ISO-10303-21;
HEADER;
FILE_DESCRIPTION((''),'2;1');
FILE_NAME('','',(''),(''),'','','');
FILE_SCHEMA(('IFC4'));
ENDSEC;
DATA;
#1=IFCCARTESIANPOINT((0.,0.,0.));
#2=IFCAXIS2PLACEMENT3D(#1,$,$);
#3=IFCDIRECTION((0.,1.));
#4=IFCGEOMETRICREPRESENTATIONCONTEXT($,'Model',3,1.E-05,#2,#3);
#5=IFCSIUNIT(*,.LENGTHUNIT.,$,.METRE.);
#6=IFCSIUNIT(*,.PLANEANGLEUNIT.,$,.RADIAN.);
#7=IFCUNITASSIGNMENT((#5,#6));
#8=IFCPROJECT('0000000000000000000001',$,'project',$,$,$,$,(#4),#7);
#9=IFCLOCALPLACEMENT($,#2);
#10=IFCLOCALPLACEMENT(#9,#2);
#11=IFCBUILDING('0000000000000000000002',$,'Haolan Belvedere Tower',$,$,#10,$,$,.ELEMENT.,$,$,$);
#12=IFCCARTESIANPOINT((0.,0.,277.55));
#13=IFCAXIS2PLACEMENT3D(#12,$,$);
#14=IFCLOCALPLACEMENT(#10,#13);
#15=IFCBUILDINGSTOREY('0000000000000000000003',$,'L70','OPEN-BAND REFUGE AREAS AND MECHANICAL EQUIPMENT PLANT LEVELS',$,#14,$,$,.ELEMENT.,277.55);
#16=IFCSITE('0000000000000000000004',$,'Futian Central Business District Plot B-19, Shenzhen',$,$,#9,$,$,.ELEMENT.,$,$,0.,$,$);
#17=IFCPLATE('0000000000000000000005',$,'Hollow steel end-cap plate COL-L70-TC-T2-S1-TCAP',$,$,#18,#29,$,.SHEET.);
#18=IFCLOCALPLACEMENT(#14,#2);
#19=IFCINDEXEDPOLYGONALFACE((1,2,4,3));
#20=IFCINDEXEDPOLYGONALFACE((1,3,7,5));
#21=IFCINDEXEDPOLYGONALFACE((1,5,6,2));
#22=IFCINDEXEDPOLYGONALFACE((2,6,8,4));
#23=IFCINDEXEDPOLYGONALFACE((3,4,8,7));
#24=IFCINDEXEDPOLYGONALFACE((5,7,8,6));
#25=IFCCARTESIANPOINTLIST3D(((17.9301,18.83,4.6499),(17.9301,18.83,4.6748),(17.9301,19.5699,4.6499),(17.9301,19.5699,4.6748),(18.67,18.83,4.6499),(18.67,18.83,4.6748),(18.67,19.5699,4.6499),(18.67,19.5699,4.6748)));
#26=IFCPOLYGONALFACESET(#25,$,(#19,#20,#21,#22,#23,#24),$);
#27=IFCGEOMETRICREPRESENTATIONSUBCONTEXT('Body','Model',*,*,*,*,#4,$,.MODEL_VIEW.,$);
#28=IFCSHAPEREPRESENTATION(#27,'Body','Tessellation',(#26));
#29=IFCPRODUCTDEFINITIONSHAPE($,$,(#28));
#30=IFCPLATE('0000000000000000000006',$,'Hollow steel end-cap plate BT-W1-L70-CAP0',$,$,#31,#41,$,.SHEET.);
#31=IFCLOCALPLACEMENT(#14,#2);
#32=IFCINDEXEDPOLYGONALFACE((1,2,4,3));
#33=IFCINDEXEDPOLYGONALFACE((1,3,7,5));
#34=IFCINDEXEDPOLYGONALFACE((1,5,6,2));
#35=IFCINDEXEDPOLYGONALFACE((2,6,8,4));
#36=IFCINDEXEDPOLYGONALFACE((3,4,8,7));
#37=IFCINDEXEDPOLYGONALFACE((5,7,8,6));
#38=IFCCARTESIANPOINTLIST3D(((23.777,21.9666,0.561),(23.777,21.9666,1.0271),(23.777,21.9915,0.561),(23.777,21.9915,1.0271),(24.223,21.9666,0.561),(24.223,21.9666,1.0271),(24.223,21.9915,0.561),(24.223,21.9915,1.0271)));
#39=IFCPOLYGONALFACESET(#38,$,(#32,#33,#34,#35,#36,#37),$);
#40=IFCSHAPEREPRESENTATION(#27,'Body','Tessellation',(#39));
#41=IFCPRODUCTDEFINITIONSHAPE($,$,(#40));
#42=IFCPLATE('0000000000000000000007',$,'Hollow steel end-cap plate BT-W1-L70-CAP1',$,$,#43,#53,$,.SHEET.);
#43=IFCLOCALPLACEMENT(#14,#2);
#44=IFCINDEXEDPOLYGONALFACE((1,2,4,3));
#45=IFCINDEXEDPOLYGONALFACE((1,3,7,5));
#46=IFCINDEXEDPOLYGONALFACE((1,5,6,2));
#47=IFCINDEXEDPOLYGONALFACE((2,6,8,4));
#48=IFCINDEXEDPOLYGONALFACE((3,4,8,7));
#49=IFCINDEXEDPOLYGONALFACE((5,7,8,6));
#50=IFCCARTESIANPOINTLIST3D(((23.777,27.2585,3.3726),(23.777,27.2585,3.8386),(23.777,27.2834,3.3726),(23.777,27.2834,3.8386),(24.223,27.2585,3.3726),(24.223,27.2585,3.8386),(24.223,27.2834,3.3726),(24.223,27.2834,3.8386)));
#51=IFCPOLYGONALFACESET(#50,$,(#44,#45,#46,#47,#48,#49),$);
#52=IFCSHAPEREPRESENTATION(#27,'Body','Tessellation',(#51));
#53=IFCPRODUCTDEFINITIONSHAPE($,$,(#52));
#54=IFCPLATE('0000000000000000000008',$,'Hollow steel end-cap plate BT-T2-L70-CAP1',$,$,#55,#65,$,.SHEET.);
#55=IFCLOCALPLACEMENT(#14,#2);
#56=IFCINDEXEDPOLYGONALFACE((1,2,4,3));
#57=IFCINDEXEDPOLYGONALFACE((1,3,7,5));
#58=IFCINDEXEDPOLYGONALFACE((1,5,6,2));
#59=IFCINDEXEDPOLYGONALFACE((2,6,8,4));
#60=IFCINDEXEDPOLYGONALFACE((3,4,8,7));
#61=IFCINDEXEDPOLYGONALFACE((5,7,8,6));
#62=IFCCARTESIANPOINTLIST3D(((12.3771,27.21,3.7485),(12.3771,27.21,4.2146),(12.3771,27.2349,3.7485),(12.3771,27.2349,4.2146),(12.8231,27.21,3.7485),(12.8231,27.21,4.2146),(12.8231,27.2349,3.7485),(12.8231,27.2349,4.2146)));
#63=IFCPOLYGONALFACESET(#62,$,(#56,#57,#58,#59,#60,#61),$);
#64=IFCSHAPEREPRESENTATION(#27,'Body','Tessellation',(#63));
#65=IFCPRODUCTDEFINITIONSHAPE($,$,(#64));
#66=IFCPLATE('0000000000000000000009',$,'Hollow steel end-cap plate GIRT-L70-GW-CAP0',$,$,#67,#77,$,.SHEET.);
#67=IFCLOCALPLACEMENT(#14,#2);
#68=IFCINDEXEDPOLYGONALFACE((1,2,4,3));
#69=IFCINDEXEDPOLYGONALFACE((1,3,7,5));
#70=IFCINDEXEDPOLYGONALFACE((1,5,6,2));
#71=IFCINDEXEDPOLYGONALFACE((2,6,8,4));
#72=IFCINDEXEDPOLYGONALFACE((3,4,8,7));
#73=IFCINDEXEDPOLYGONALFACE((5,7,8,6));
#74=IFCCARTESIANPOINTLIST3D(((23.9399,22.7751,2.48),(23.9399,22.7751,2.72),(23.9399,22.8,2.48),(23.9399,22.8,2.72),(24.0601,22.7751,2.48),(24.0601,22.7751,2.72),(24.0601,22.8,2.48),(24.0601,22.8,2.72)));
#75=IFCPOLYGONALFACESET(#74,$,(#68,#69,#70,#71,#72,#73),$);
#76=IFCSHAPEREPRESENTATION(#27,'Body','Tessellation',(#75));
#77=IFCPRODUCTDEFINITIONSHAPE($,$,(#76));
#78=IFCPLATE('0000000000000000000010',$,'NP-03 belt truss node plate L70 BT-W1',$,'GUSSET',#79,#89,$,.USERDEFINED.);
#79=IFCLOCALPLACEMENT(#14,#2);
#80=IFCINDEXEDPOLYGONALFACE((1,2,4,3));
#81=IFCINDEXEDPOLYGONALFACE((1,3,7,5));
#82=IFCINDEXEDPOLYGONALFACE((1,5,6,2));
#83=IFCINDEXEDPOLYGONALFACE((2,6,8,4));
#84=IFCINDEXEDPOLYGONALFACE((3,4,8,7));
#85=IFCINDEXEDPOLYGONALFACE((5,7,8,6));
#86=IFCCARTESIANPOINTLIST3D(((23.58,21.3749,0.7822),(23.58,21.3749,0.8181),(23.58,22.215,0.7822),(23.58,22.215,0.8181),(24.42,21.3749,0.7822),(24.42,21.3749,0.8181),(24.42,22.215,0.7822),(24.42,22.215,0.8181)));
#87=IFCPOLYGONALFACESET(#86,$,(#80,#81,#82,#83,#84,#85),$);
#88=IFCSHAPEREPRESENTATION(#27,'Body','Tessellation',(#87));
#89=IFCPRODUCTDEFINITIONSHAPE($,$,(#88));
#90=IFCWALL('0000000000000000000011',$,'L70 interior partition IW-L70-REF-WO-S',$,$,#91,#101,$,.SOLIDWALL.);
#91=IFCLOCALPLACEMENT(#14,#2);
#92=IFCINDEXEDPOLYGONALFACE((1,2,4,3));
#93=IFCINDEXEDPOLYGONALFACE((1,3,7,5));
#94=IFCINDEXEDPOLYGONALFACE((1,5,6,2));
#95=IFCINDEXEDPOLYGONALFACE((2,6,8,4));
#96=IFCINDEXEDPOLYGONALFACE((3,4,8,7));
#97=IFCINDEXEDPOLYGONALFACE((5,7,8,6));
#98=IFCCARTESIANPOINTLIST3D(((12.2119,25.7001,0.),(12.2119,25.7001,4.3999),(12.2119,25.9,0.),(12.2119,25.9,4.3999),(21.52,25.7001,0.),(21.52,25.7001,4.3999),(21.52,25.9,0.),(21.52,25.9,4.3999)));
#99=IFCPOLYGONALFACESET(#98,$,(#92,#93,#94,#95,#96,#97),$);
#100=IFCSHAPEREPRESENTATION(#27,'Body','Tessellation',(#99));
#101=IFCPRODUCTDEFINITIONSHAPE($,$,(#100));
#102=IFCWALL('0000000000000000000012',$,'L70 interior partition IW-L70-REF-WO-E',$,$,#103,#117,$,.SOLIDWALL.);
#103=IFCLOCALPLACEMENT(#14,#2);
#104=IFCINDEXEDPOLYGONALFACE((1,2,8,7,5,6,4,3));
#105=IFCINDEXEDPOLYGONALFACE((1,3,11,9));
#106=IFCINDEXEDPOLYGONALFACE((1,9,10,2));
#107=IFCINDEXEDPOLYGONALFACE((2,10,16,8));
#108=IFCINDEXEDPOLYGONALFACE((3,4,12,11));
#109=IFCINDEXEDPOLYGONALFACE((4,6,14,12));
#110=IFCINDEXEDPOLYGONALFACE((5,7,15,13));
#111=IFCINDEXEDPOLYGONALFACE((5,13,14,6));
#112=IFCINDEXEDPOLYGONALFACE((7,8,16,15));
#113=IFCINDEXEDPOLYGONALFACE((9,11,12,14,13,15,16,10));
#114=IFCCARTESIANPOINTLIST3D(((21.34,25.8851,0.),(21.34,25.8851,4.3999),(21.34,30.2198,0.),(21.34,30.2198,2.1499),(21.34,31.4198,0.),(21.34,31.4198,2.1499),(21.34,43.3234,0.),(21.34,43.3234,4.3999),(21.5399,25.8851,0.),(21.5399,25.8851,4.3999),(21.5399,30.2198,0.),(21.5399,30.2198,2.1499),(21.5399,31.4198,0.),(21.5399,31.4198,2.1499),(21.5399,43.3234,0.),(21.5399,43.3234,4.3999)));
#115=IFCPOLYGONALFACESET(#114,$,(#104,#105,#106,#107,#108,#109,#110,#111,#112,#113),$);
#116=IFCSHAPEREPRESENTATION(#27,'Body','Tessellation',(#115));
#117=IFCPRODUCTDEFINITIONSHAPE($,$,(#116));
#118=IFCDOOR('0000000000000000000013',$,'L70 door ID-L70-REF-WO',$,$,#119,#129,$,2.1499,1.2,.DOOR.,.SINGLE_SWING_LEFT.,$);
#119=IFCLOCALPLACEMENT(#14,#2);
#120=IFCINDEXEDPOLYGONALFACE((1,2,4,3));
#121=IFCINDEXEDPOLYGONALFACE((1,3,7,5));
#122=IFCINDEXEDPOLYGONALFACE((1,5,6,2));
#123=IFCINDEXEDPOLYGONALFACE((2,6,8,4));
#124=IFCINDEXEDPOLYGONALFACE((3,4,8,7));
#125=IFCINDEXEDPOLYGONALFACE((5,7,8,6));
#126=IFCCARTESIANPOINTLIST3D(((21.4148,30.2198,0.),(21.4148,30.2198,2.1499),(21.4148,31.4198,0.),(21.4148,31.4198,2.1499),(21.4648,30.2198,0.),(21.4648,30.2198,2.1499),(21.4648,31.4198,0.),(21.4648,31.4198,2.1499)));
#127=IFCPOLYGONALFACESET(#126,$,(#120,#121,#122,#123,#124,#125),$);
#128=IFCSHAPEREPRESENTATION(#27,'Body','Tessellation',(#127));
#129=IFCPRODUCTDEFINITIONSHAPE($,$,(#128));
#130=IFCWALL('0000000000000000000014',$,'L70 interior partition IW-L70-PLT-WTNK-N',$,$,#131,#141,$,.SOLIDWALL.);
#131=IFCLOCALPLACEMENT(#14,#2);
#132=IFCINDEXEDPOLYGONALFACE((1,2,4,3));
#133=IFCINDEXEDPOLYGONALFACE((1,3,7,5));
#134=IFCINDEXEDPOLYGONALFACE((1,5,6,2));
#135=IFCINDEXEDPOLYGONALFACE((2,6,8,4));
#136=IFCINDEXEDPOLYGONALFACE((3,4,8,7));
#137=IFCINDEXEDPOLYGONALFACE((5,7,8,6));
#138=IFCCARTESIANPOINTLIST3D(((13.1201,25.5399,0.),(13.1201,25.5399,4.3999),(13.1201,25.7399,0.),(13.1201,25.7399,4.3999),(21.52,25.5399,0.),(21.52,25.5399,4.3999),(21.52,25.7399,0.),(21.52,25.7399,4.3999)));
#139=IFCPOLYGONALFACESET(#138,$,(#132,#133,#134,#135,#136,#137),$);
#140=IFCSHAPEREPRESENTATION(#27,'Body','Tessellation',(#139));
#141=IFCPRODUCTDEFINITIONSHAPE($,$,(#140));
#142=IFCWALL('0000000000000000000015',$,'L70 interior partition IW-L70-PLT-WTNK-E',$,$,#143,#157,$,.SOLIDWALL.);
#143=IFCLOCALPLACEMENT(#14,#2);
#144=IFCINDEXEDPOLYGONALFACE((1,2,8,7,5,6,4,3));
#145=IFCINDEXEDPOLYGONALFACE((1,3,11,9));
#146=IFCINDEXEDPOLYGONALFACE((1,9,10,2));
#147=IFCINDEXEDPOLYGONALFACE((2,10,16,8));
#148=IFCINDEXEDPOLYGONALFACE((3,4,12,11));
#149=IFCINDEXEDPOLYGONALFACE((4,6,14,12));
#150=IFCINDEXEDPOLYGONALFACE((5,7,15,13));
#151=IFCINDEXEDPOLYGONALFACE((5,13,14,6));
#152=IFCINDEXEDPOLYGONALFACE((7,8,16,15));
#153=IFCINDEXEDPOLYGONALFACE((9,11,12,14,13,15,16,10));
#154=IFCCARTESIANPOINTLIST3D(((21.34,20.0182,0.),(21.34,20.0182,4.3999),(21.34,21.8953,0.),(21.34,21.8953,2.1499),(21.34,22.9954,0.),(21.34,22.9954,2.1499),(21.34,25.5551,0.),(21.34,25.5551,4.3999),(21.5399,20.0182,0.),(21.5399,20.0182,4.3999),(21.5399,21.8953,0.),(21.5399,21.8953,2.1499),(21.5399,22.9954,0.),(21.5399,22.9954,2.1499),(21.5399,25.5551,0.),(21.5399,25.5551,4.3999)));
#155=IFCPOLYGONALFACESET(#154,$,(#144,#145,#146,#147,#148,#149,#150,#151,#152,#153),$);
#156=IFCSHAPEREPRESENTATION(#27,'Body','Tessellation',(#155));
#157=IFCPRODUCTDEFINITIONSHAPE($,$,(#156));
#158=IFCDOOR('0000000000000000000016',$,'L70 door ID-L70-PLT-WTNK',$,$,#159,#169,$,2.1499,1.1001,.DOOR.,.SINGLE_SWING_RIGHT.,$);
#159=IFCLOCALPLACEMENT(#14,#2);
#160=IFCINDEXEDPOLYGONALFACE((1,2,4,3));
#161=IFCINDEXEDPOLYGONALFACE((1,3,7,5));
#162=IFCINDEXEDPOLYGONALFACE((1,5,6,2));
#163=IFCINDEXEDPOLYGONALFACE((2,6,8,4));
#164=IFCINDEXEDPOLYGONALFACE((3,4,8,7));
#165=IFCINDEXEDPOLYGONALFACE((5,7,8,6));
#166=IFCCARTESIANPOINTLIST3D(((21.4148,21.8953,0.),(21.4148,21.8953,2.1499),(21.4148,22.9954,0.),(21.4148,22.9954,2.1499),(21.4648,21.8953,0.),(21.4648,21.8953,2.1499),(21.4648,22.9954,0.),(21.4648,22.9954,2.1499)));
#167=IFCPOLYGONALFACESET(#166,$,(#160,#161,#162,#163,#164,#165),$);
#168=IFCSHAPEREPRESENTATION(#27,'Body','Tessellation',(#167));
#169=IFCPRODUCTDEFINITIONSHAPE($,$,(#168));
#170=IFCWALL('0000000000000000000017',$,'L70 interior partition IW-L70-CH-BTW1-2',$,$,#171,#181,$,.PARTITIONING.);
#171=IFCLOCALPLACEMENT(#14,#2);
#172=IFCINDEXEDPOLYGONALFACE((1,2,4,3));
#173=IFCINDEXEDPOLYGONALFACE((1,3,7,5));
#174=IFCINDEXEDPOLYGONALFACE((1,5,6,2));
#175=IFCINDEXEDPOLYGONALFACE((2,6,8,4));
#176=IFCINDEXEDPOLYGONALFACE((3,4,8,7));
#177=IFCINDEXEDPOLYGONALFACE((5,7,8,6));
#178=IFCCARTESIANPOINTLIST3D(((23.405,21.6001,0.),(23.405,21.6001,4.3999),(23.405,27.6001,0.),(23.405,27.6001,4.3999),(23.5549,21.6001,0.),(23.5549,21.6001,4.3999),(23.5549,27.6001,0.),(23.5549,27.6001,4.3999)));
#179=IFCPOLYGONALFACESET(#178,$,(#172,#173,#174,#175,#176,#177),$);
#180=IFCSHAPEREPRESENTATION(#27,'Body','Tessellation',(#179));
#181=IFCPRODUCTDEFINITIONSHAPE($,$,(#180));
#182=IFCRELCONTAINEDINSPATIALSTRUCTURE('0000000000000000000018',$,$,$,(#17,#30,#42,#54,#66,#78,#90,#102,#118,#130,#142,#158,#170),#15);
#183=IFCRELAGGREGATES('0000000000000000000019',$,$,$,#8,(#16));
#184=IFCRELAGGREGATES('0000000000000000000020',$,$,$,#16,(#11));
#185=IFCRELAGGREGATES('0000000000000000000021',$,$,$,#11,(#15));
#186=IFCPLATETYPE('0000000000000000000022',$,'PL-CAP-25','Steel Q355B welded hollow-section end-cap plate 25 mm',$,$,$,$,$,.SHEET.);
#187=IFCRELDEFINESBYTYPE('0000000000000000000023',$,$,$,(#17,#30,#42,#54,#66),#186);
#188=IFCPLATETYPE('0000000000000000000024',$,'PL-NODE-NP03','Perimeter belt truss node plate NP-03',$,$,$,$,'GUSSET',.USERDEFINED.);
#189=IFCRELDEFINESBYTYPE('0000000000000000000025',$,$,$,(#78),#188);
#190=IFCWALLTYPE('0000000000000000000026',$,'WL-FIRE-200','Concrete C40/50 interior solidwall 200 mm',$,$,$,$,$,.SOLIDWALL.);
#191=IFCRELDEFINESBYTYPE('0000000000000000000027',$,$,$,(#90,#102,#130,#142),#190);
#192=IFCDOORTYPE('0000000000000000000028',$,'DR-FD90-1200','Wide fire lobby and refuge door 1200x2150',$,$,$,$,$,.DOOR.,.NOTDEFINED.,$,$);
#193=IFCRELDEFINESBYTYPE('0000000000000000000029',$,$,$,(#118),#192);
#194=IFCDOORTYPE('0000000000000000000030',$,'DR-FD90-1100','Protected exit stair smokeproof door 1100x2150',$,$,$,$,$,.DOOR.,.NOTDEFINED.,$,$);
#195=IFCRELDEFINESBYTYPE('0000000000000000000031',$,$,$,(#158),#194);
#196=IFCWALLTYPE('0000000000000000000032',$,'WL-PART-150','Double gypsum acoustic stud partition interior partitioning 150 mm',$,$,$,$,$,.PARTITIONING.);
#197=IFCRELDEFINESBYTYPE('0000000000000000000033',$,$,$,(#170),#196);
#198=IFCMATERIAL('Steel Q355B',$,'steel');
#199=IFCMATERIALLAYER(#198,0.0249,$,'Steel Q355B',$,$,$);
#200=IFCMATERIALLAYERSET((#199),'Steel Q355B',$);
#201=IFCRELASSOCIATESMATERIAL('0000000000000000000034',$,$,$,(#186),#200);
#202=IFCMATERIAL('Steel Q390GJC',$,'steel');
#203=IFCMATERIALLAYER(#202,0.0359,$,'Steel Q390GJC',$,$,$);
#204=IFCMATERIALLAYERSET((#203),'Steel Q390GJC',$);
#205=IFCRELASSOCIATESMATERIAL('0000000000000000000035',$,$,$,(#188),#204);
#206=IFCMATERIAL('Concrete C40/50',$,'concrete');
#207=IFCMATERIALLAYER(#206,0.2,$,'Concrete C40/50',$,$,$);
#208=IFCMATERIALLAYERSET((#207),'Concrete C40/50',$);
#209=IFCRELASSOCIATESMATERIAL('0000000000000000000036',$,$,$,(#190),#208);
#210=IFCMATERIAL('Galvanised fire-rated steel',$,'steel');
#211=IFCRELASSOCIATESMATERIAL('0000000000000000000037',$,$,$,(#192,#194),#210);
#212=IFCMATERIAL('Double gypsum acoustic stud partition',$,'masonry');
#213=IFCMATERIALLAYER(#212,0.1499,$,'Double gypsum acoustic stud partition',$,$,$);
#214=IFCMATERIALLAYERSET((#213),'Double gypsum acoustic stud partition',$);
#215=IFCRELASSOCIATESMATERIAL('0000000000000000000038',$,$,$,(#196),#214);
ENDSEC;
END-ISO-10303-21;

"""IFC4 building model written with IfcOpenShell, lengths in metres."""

from ifc_helpers import new_model, si_unit, direction, frame, frame_2d, origin, origin_2d, place, context, subcontext, project, spatial, rectangle, extrude, material, layer, layer_set, type_object, element, fill, save


model = new_model("IFC4")

# Units and contexts
model_context = context("Model", 3, precision=1e-05, world=origin(), true_north=direction((0.0, 1.0)))
body_context = subcontext(model_context, "Body", "Model", "MODEL_VIEW")
ifc_project = project(units=[si_unit("LENGTHUNIT", "METRE"), si_unit("PLANEANGLEUNIT", "RADIAN")], contexts=[model_context])

# Site, building, storey
site_placement = place(None, origin())
site = spatial("IfcSite", under=ifc_project, at=site_placement, Name="Futian Central Business District Plot B-19, Shenzhen", CompositionType="ELEMENT", RefElevation=0.0)
building_placement = place(site_placement, origin())
building = spatial("IfcBuilding", under=site, at=building_placement, Name="Haolan Belvedere Tower", CompositionType="ELEMENT")
storey_placement = place(building_placement, frame((0.0, 0.0, 277.55)))
storey = spatial("IfcBuildingStorey", under=building, at=storey_placement, Name="L70", Description="OPEN-BAND REFUGE AREAS AND MECHANICAL EQUIPMENT PLANT LEVELS", CompositionType="ELEMENT", Elevation=277.55)

# Shared definitions
ifc_material_1 = material(Name="Steel Q390GJC", Category="steel")

# Shared definitions
ifc_material_2 = material(Name="Steel Q355B", Category="steel")

# Plates
ifc_layer_1 = layer(ifc_material_2, 0.0249, Name="Steel Q355B")
ifc_layer_set_1 = layer_set([ifc_layer_1], Name="Steel Q355B")
plate_type_1 = type_object("IfcPlateType", Name="PL-CAP-25", Description="Steel Q355B welded hollow-section end-cap plate 25 mm", PredefinedType="SHEET", material=ifc_layer_set_1)
plate_1_placement = place(storey_placement, frame((18.3, 19.2, 4.6499), z_axis=(0.0, 0.0, 1.0), x_axis=(1.0, 0.0, 0.0)))
element("IfcPlate", 1, at=plate_1_placement, inside=storey, type_object=plate_type_1, Name="Hollow steel end-cap plate COL-L70-TC-T2-S1-TCAP", PredefinedType="SHEET", context=body_context, shape_type="SweptSolid", body=[
    extrude(rectangle(XDim=0.74, YDim=0.74, at=origin_2d()), origin(), (0.0, 0.0, 1.0), 0.0249),
])
for number, where, z_axis, x_axis, name in (
    (2, (24.0, 21.979, 0.561), (0.0, 0.0, 1.0), (1.0, 0.0, 0.0), "Hollow steel end-cap plate BT-W1-L70-CAP0"),
    (3, (24.0, 27.271, 3.3726), (0.0, 0.0, 1.0), (-1.0, 0.0, 0.0), "Hollow steel end-cap plate BT-W1-L70-CAP1"),
    (4, (12.6001, 27.2224, 3.7485), (0.0, 0.0, 1.0), (-1.0, 0.0, 0.0), "Hollow steel end-cap plate BT-T2-L70-CAP1"),
):
    element("IfcPlate", number, at=place(storey_placement, frame(where, z_axis=z_axis, x_axis=x_axis)), inside=storey, type_object=plate_type_1, Name=name, PredefinedType="SHEET", context=body_context, shape_type="SweptSolid", body=[
        extrude(rectangle(XDim=0.446, YDim=0.0249, at=origin_2d()), origin(), (0.0, 0.0, 1.0), 0.4661),
    ])
plate_2_placement = place(storey_placement, frame((24.0, 22.7876, 2.48), z_axis=(0.0, 0.0, 1.0), x_axis=(1.0, 0.0, 0.0)))
element("IfcPlate", 5, at=plate_2_placement, inside=storey, type_object=plate_type_1, Name="Hollow steel end-cap plate GIRT-L70-GW-CAP0", PredefinedType="SHEET", context=body_context, shape_type="SweptSolid", body=[
    extrude(rectangle(XDim=0.1201, YDim=0.0249, at=origin_2d()), origin(), (0.0, 0.0, 1.0), 0.24),
])
ifc_layer_2 = layer(ifc_material_1, 0.0359, Name="Steel Q390GJC")
ifc_layer_set_2 = layer_set([ifc_layer_2], Name="Steel Q390GJC")
plate_type_2 = type_object("IfcPlateType", Name="PL-NODE-NP03", Description="Perimeter belt truss node plate NP-03", ElementType="GUSSET", PredefinedType="USERDEFINED", material=ifc_layer_set_2)
plate_3_placement = place(storey_placement, frame((24.0, 21.7949, 0.7822), z_axis=(0.0, 0.0, 1.0), x_axis=(1.0, 0.0, 0.0)))
element("IfcPlate", 6, at=plate_3_placement, inside=storey, type_object=plate_type_2, Name="NP-03 belt truss node plate L70 BT-W1", ObjectType="GUSSET", PredefinedType="USERDEFINED", context=body_context, shape_type="SweptSolid", body=[
    extrude(rectangle(XDim=0.8401, YDim=0.8401, at=origin_2d()), origin(), (0.0, 0.0, 1.0), 0.0359),
])

# Wall
ifc_material_3 = material(Name="Concrete C40/50", Category="concrete")
ifc_layer_3 = layer(ifc_material_3, 0.2, Name="Concrete C40/50")
ifc_layer_set_3 = layer_set([ifc_layer_3], Name="Concrete C40/50")
wall_type_1 = type_object("IfcWallType", Name="WL-FIRE-200", Description="Concrete C40/50 interior solidwall 200 mm", PredefinedType="SOLIDWALL", material=ifc_layer_set_3)
wall_1_placement = place(storey_placement, frame((12.2119, 25.8, 0.0), z_axis=(0.0, 0.0, 1.0), x_axis=(1.0, 0.0, 0.0)))
element("IfcWall", 7, at=wall_1_placement, inside=storey, type_object=wall_type_1, Name="L70 interior partition IW-L70-REF-WO-S", PredefinedType="SOLIDWALL", context=body_context, shape_type="SweptSolid", body=[
    extrude(rectangle(XDim=9.3081, YDim=0.2, at=frame_2d((4.6541, 0.0))), origin(), (0.0, 0.0, 1.0), 4.3999),
])

# Wall, opening, door
wall_2_placement = place(storey_placement, frame((21.4399, 25.885, 0.0), z_axis=(0.0, 0.0, 1.0), x_axis=(0.0, 1.0, 0.0)))
wall_2 = element("IfcWall", 8, at=wall_2_placement, inside=storey, type_object=wall_type_1, Name="L70 interior partition IW-L70-REF-WO-E", PredefinedType="SOLIDWALL", context=body_context, shape_type="SweptSolid", body=[
    extrude(rectangle(XDim=17.4382, YDim=0.2, at=frame_2d((8.7192, 0.0))), origin(), (0.0, 0.0, 1.0), 4.3999),
])
opening_1_placement = place(wall_2_placement, frame((5.5349, 0.0, 0.0), z_axis=(0.0, 0.0, 1.0), x_axis=(-1.0, 0.0, 0.0)))
opening_1 = element("IfcOpeningElement", 9, at=opening_1_placement, cuts=wall_2, PredefinedType="OPENING", context=body_context, shape_type="SweptSolid", body=[
    extrude(rectangle(XDim=1.2, YDim=2.1499, at=frame_2d((0.6001, 1.075))), frame((0.0, 0.1099, 0.0), z_axis=(0.0, -1.0, 0.0), x_axis=(1.0, 0.0, 0.0)), (0.0, 0.0, 1.0), 0.22),
])
ifc_material_4 = material(Name="Galvanised fire-rated steel", Category="steel")
door_type_1 = type_object("IfcDoorType", Name="DR-FD90-1200", Description="Wide fire lobby and refuge door 1200x2150", OperationType="NOTDEFINED", PredefinedType="DOOR", material=ifc_material_4)
door_1_placement = place(opening_1_placement, origin())
door_1 = element("IfcDoor", 10, at=door_1_placement, inside=storey, type_object=door_type_1, Name="L70 door ID-L70-REF-WO", OperationType="SINGLE_SWING_LEFT", OverallHeight=2.1499, OverallWidth=1.2, PredefinedType="DOOR", context=body_context, shape_type="SweptSolid", body=[
    extrude(rectangle(XDim=1.2, YDim=2.1499, at=frame_2d((0.6001, 1.075))), frame((0.0, 0.0249, 0.0), z_axis=(0.0, -1.0, 0.0), x_axis=(1.0, 0.0, 0.0)), (0.0, 0.0, 1.0), 0.05),
])
fill(opening_1, door_1)

# Wall
wall_3_placement = place(storey_placement, frame((13.1201, 25.6399, 0.0), z_axis=(0.0, 0.0, 1.0), x_axis=(1.0, 0.0, 0.0)))
element("IfcWall", 11, at=wall_3_placement, inside=storey, type_object=wall_type_1, Name="L70 interior partition IW-L70-PLT-WTNK-N", PredefinedType="SOLIDWALL", context=body_context, shape_type="SweptSolid", body=[
    extrude(rectangle(XDim=8.3999, YDim=0.2, at=frame_2d((4.2, 0.0))), origin(), (0.0, 0.0, 1.0), 4.3999),
])

# Wall, opening, door
wall_4_placement = place(storey_placement, frame((21.4399, 20.0181, 0.0), z_axis=(0.0, 0.0, 1.0), x_axis=(0.0, 1.0, 0.0)))
wall_4 = element("IfcWall", 12, at=wall_4_placement, inside=storey, type_object=wall_type_1, Name="L70 interior partition IW-L70-PLT-WTNK-E", PredefinedType="SOLIDWALL", context=body_context, shape_type="SweptSolid", body=[
    extrude(rectangle(XDim=5.5369, YDim=0.2, at=frame_2d((2.7686, 0.0))), origin(), (0.0, 0.0, 1.0), 4.3999),
])
opening_2_placement = place(wall_4_placement, frame((2.9773, 0.0, 0.0), z_axis=(0.0, 0.0, 1.0), x_axis=(-1.0, 0.0, 0.0)))
opening_2 = element("IfcOpeningElement", 13, at=opening_2_placement, cuts=wall_4, PredefinedType="OPENING", context=body_context, shape_type="SweptSolid", body=[
    extrude(rectangle(XDim=1.1001, YDim=2.1499, at=frame_2d((0.55, 1.075))), frame((0.0, 0.1099, 0.0), z_axis=(0.0, -1.0, 0.0), x_axis=(1.0, 0.0, 0.0)), (0.0, 0.0, 1.0), 0.22),
])
door_type_2 = type_object("IfcDoorType", Name="DR-FD90-1100", Description="Protected exit stair smokeproof door 1100x2150", OperationType="NOTDEFINED", PredefinedType="DOOR", material=ifc_material_4)
door_2_placement = place(opening_2_placement, origin())
door_2 = element("IfcDoor", 14, at=door_2_placement, inside=storey, type_object=door_type_2, Name="L70 door ID-L70-PLT-WTNK", OperationType="SINGLE_SWING_RIGHT", OverallHeight=2.1499, OverallWidth=1.1001, PredefinedType="DOOR", context=body_context, shape_type="SweptSolid", body=[
    extrude(rectangle(XDim=1.1001, YDim=2.1499, at=frame_2d((0.55, 1.075))), frame((0.0, 0.0249, 0.0), z_axis=(0.0, -1.0, 0.0), x_axis=(1.0, 0.0, 0.0)), (0.0, 0.0, 1.0), 0.05),
])
fill(opening_2, door_2)

# Wall
ifc_material_5 = material(Name="Double gypsum acoustic stud partition", Category="masonry")
ifc_layer_4 = layer(ifc_material_5, 0.1499, Name="Double gypsum acoustic stud partition")
ifc_layer_set_4 = layer_set([ifc_layer_4], Name="Double gypsum acoustic stud partition")
wall_type_2 = type_object("IfcWallType", Name="WL-PART-150", Description="Double gypsum acoustic stud partition interior partitioning 150 mm", PredefinedType="PARTITIONING", material=ifc_layer_set_4)
wall_5_placement = place(storey_placement, frame((23.48, 21.6001, 0.0), z_axis=(0.0, 0.0, 1.0), x_axis=(0.0, 1.0, 0.0)))
element("IfcWall", 15, at=wall_5_placement, inside=storey, type_object=wall_type_2, Name="L70 interior partition IW-L70-CH-BTW1-2", PredefinedType="PARTITIONING", context=body_context, shape_type="SweptSolid", body=[
    extrude(rectangle(XDim=6.0, YDim=0.1499, at=frame_2d((3.0, 0.0))), origin(), (0.0, 0.0, 1.0), 4.3999),
])

save(model, "model.ifc")
